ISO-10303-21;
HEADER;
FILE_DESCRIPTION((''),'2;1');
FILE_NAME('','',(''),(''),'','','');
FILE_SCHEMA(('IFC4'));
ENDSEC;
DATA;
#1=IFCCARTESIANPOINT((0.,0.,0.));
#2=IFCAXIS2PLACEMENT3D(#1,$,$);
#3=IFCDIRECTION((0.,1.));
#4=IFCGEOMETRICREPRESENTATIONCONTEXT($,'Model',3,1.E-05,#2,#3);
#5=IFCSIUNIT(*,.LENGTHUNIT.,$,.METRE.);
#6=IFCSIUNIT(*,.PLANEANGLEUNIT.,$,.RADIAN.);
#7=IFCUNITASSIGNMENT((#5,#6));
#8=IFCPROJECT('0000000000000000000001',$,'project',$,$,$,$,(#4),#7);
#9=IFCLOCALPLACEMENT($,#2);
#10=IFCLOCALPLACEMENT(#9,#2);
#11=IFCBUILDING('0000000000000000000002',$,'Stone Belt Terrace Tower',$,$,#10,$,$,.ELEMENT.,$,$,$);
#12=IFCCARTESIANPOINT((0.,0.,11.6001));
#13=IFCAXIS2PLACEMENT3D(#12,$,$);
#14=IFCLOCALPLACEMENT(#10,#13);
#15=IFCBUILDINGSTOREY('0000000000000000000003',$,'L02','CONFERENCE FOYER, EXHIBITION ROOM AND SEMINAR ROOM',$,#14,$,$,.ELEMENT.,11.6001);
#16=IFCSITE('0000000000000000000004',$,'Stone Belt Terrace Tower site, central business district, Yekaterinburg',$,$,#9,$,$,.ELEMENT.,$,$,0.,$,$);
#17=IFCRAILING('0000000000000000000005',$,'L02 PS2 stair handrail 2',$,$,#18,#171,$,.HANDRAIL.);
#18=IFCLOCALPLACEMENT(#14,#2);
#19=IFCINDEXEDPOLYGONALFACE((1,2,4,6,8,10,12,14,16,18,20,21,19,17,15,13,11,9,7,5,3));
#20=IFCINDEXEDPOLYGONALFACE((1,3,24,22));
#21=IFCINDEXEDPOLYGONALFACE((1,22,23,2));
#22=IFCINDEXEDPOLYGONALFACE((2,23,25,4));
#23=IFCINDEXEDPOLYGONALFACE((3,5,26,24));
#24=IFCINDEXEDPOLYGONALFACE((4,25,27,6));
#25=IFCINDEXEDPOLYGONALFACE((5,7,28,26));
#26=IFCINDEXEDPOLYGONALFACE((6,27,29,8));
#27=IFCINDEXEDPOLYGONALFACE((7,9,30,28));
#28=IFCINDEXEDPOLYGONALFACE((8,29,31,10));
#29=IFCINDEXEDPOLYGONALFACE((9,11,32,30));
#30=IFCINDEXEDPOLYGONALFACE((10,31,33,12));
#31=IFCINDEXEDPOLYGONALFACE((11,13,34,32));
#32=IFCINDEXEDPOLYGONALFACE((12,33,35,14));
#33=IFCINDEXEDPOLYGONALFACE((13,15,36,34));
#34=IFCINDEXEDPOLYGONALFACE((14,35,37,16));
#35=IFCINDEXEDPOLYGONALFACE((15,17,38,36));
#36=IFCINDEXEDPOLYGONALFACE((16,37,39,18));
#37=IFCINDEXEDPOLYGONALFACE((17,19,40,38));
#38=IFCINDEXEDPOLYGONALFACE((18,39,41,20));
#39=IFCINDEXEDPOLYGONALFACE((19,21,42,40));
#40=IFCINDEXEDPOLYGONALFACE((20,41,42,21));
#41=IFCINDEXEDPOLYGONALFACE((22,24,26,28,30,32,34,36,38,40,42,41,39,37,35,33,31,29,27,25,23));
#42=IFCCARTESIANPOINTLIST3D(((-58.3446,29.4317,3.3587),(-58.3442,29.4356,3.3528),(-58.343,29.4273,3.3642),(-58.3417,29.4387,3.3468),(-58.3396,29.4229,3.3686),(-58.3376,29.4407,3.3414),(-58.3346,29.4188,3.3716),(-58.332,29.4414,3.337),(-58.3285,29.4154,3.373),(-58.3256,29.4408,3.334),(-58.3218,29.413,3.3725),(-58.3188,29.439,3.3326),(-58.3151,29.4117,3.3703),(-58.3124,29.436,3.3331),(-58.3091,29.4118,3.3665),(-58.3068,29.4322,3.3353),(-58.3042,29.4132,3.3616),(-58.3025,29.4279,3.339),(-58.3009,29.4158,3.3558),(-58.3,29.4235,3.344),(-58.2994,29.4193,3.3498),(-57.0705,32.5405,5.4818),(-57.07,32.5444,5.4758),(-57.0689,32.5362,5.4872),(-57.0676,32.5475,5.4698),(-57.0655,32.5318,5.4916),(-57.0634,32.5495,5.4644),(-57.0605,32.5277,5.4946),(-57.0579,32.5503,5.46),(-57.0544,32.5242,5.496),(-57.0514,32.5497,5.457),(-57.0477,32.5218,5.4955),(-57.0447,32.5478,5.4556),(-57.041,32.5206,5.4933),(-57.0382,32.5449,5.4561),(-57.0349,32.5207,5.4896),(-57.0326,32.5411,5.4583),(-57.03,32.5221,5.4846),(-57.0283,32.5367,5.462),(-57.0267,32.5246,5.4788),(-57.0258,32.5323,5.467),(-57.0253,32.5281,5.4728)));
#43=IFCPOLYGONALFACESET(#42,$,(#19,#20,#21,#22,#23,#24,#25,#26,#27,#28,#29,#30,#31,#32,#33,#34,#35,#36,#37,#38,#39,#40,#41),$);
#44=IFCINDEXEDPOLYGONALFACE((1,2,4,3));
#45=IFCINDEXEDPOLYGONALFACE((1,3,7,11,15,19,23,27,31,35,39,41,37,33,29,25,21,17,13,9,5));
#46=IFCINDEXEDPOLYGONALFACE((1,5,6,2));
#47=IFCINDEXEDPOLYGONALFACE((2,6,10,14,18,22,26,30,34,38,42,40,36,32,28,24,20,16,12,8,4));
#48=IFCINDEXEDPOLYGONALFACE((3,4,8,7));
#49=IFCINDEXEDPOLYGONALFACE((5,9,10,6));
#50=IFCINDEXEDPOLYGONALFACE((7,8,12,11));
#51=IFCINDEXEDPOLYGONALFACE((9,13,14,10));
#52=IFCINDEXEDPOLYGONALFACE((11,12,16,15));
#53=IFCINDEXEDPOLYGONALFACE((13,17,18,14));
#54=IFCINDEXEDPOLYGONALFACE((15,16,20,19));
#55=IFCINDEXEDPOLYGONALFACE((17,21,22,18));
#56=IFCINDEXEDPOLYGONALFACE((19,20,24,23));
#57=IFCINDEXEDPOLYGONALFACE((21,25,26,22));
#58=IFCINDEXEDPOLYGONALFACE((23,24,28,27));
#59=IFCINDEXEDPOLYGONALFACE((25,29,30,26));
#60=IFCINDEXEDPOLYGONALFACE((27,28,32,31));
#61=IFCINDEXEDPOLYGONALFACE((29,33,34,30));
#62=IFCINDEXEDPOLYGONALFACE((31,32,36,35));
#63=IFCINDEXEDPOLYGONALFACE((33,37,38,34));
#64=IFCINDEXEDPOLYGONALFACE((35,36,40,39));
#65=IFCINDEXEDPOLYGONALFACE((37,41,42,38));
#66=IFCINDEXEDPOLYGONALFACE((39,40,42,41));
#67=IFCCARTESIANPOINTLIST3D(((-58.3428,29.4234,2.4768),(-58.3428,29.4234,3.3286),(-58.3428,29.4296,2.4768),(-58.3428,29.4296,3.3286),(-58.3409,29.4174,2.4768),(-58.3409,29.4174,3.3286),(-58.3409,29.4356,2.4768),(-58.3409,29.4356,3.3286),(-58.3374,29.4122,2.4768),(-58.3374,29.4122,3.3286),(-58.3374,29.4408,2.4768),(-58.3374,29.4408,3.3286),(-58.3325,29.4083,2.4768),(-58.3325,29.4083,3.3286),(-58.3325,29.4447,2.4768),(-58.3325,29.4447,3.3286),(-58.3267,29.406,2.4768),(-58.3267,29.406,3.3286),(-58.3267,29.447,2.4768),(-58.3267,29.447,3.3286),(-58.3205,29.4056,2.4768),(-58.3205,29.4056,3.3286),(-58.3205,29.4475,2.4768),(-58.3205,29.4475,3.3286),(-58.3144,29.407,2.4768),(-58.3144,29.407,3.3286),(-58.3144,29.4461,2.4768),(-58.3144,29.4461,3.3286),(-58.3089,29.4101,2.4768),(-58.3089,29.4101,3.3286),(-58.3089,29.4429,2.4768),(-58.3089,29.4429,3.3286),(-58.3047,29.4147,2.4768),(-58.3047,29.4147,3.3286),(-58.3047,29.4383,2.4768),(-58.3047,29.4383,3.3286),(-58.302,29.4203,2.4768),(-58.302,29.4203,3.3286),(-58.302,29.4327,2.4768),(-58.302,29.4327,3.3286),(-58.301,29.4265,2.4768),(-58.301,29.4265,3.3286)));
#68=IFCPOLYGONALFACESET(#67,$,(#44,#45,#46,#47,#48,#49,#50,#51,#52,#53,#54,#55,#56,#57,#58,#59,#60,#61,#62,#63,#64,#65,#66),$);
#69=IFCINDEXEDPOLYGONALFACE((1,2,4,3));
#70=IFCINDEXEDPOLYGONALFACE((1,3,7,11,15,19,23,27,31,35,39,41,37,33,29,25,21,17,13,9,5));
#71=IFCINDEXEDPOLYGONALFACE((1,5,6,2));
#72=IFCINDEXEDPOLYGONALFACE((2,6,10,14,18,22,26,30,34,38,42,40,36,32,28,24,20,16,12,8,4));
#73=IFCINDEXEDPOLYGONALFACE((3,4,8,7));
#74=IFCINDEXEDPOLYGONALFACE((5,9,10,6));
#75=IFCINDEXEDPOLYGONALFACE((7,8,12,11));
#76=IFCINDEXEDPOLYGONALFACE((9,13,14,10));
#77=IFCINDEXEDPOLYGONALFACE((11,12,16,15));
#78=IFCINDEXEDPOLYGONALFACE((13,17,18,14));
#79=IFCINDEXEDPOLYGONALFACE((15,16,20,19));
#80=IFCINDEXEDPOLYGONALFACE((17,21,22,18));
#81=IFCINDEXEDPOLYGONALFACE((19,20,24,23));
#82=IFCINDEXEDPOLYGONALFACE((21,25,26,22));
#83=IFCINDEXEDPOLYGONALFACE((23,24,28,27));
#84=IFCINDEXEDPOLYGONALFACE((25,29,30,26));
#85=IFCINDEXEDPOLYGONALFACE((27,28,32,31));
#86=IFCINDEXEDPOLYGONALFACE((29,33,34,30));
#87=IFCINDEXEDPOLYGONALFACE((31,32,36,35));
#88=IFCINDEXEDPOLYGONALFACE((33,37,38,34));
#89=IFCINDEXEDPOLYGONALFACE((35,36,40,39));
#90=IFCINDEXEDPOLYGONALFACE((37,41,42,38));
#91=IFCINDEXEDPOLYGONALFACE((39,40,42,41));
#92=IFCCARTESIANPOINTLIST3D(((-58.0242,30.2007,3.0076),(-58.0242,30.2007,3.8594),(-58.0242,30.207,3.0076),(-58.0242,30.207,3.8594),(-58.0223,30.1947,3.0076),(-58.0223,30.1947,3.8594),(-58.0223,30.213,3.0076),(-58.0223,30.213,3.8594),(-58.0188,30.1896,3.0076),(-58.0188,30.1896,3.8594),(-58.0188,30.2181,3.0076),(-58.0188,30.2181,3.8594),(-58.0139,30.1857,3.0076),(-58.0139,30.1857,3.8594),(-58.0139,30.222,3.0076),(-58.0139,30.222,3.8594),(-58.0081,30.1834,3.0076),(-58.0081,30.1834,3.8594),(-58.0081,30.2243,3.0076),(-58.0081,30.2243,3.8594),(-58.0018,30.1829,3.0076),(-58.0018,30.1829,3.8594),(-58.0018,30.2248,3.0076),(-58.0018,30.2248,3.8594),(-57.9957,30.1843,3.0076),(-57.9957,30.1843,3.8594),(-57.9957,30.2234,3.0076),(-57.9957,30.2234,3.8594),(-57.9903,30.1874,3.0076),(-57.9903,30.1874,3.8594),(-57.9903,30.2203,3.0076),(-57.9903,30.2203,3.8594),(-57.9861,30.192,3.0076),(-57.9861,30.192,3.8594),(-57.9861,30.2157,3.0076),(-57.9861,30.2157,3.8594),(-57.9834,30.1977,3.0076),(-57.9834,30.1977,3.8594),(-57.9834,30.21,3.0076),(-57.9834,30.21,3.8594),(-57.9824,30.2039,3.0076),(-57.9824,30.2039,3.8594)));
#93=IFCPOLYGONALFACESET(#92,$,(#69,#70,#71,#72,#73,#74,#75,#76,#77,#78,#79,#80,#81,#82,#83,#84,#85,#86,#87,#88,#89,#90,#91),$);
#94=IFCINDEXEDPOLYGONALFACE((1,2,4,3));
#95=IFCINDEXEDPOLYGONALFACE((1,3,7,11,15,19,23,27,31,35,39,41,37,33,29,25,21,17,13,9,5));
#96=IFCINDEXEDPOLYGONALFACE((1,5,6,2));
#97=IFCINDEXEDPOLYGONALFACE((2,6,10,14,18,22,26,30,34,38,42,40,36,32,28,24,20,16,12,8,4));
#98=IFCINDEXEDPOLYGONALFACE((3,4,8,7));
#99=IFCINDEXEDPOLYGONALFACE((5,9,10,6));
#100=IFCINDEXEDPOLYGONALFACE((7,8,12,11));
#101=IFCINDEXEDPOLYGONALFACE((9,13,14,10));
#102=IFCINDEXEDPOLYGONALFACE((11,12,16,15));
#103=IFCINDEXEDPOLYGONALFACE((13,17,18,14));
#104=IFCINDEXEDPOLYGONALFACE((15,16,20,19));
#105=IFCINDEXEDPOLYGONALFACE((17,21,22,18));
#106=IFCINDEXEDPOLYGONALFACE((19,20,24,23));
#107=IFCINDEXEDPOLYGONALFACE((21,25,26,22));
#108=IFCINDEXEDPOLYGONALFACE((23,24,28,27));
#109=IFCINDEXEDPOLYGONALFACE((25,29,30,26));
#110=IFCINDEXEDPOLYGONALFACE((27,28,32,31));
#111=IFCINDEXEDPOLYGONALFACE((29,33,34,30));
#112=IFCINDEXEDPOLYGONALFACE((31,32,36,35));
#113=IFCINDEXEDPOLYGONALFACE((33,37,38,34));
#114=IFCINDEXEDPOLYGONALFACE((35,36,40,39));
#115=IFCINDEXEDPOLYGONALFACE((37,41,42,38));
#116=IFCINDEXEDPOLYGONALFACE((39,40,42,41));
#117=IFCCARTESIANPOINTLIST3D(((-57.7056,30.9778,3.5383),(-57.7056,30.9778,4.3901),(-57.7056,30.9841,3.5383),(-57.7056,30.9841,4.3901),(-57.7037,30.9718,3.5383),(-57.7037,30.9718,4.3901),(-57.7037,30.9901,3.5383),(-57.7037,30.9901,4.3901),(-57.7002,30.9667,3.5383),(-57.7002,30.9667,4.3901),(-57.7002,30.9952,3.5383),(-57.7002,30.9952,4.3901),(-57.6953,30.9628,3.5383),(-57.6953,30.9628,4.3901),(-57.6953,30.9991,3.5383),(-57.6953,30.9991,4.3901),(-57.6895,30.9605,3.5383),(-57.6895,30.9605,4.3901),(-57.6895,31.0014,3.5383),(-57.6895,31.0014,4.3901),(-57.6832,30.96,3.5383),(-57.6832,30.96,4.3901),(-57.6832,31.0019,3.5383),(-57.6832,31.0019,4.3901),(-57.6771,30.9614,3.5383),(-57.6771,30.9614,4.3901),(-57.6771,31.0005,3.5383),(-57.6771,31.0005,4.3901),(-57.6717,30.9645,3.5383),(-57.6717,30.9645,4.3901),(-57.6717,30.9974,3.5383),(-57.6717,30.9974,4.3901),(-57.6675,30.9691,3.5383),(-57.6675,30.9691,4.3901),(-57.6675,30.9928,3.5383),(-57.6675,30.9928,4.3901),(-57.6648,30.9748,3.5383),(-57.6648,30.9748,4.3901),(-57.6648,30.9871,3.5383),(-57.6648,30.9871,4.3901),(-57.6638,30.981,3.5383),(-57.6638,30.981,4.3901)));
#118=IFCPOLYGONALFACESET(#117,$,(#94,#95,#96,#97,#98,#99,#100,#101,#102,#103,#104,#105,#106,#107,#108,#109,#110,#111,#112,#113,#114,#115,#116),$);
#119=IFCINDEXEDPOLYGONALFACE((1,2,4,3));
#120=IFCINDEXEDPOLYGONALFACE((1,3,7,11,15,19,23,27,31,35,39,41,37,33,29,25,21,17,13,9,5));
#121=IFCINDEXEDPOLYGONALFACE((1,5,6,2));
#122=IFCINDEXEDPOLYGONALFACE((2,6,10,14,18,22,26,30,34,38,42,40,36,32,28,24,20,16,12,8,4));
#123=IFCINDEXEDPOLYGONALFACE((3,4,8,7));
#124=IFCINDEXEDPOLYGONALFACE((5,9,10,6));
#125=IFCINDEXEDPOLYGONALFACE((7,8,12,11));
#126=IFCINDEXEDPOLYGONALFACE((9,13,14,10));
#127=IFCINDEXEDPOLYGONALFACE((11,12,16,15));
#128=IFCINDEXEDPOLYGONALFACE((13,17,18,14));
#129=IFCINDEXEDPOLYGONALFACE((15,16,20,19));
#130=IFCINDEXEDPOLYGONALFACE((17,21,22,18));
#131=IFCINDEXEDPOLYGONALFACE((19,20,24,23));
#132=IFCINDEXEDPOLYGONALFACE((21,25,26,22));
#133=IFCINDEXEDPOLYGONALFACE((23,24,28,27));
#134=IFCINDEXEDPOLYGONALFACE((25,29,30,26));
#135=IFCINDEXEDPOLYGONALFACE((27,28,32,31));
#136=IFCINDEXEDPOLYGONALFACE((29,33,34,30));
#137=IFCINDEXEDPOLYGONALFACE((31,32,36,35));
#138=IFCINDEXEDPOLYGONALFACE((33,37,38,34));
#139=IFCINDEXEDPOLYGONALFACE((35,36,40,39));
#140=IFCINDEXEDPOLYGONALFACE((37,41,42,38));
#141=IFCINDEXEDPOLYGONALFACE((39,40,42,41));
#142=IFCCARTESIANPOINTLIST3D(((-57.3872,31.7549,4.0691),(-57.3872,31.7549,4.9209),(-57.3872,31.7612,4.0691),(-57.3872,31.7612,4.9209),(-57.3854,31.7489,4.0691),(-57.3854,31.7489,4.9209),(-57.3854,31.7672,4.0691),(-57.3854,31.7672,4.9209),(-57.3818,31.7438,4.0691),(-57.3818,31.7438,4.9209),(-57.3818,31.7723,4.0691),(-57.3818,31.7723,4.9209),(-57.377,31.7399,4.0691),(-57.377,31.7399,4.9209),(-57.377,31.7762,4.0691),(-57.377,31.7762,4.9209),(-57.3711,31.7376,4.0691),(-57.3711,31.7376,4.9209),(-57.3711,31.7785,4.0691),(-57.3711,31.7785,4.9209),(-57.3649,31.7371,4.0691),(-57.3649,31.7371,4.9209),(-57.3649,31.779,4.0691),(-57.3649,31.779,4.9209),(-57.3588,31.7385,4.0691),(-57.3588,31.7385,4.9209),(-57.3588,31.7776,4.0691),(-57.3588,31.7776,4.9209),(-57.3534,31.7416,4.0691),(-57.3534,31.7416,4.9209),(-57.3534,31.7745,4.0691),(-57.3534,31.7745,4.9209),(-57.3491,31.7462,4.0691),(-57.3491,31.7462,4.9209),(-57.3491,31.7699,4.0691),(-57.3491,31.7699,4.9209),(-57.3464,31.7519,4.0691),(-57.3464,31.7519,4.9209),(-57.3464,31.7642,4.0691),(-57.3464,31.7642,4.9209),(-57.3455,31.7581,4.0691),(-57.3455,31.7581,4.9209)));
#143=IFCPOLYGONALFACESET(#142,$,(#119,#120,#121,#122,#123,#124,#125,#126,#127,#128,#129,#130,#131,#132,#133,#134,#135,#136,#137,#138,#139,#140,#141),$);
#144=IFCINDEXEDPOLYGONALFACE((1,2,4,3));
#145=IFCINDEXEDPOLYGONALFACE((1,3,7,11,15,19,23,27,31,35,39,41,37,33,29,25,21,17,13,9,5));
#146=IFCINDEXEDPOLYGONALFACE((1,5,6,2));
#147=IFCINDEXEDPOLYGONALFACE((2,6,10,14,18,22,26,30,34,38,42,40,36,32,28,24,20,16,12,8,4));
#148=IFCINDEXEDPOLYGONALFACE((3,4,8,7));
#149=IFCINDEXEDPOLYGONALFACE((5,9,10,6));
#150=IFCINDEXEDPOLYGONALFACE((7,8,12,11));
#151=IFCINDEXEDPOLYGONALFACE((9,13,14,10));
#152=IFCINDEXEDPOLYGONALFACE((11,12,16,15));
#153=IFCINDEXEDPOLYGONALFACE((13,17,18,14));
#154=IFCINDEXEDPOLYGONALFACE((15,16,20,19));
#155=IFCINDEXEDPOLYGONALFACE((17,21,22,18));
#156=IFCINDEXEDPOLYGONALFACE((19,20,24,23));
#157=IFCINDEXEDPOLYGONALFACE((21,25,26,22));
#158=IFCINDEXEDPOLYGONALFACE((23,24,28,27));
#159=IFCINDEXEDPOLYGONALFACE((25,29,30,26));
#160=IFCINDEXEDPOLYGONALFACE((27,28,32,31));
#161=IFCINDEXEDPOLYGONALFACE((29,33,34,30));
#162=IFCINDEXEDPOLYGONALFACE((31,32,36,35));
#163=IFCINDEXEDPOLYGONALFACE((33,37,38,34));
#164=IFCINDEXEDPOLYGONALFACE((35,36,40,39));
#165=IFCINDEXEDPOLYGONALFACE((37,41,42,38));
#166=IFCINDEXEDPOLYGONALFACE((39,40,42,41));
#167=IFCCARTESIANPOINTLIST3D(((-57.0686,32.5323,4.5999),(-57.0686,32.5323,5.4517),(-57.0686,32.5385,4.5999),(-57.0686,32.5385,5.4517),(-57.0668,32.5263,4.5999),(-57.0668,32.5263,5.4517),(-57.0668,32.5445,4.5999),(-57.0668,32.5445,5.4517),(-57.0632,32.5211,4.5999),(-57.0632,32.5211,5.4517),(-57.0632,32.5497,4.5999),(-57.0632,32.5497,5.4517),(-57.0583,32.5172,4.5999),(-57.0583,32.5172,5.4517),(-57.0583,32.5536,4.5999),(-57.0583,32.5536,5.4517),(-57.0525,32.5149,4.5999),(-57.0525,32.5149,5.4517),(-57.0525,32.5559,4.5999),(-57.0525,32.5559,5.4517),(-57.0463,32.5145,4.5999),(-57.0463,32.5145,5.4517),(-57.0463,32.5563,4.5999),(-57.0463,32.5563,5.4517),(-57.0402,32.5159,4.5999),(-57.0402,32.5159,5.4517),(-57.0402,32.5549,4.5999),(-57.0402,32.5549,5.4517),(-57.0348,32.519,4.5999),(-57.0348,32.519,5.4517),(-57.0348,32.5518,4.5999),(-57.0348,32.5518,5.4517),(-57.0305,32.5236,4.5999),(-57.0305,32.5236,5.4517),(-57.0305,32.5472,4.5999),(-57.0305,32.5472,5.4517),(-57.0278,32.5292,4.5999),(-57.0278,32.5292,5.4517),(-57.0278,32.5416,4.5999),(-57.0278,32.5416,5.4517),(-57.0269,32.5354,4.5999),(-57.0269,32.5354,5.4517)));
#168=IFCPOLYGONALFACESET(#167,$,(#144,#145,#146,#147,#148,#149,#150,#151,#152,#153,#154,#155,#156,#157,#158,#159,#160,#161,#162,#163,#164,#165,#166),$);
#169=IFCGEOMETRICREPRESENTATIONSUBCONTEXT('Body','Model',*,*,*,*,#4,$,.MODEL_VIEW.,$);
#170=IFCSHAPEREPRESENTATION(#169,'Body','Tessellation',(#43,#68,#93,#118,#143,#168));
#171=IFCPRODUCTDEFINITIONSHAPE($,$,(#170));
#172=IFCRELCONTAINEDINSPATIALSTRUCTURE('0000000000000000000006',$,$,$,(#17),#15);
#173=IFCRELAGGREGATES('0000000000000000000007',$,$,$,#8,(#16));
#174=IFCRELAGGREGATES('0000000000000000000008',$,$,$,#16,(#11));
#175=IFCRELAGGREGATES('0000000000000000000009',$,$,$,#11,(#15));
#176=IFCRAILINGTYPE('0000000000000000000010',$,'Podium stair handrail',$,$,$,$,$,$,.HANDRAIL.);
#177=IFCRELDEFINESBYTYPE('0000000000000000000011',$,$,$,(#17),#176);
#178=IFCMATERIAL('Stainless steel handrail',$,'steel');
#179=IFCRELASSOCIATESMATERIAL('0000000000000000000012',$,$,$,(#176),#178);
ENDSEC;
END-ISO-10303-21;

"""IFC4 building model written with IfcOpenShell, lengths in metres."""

from ifc_helpers import new_model, si_unit, direction, frame, origin, origin_2d, place, context, subcontext, project, spatial, circle, extrude, material, type_object, element, save


model = new_model("IFC4")

# Units and contexts
model_context = context("Model", 3, precision=1e-05, world=origin(), true_north=direction((0.0, 1.0)))
body_context = subcontext(model_context, "Body", "Model", "MODEL_VIEW")
ifc_project = project(units=[si_unit("LENGTHUNIT", "METRE"), si_unit("PLANEANGLEUNIT", "RADIAN")], contexts=[model_context])

# Site, building, storey
site_placement = place(None, origin())
site = spatial("IfcSite", under=ifc_project, at=site_placement, Name="Stone Belt Terrace Tower site, central business district, Yekaterinburg", CompositionType="ELEMENT", RefElevation=0.0)
building_placement = place(site_placement, origin())
building = spatial("IfcBuilding", under=site, at=building_placement, Name="Stone Belt Terrace Tower", CompositionType="ELEMENT")
storey_placement = place(building_placement, frame((0.0, 0.0, 11.6001)))
storey = spatial("IfcBuildingStorey", under=building, at=storey_placement, Name="L02", Description="CONFERENCE FOYER, EXHIBITION ROOM AND SEMINAR ROOM", CompositionType="ELEMENT", Elevation=11.6001)

# Railing
ifc_material_1 = material(Name="Stainless steel handrail", Category="steel")
railing_type_1 = type_object("IfcRailingType", Name="Podium stair handrail", PredefinedType="HANDRAIL", material=ifc_material_1)
railing_1_placement = place(storey_placement, frame((-58.322, 29.4265, 2.4768)))
element("IfcRailing", 1, at=railing_1_placement, inside=storey, type_object=railing_type_1, Name="L02 PS2 stair handrail 2", PredefinedType="HANDRAIL", context=body_context, shape_type="SweptSolid", body=[
    extrude(circle(Radius=0.0239, at=origin_2d()), frame((0.0, 0.0, 0.876), z_axis=(0.320593, 0.782224, 0.534178), x_axis=(-0.925301, 0.379233, 0.0)), (0.0, 0.0, 1.0), 3.9744),
    extrude(circle(Radius=0.021, at=origin_2d()), origin(), (0.0, 0.0, 1.0), 0.8518),
    extrude(circle(Radius=0.021, at=origin_2d()), frame((0.3186, 0.7773, 0.5308)), (0.0, 0.0, 1.0), 0.8518),
    extrude(circle(Radius=0.021, at=origin_2d()), frame((0.6372, 1.5544, 1.0615)), (0.0, 0.0, 1.0), 0.8518),
    extrude(circle(Radius=0.021, at=origin_2d()), frame((0.9556, 2.3315, 1.5923)), (0.0, 0.0, 1.0), 0.8518),
    extrude(circle(Radius=0.021, at=origin_2d()), frame((1.2742, 3.1089, 2.123)), (0.0, 0.0, 1.0), 0.8518),
])

save(model, "model.ifc")
